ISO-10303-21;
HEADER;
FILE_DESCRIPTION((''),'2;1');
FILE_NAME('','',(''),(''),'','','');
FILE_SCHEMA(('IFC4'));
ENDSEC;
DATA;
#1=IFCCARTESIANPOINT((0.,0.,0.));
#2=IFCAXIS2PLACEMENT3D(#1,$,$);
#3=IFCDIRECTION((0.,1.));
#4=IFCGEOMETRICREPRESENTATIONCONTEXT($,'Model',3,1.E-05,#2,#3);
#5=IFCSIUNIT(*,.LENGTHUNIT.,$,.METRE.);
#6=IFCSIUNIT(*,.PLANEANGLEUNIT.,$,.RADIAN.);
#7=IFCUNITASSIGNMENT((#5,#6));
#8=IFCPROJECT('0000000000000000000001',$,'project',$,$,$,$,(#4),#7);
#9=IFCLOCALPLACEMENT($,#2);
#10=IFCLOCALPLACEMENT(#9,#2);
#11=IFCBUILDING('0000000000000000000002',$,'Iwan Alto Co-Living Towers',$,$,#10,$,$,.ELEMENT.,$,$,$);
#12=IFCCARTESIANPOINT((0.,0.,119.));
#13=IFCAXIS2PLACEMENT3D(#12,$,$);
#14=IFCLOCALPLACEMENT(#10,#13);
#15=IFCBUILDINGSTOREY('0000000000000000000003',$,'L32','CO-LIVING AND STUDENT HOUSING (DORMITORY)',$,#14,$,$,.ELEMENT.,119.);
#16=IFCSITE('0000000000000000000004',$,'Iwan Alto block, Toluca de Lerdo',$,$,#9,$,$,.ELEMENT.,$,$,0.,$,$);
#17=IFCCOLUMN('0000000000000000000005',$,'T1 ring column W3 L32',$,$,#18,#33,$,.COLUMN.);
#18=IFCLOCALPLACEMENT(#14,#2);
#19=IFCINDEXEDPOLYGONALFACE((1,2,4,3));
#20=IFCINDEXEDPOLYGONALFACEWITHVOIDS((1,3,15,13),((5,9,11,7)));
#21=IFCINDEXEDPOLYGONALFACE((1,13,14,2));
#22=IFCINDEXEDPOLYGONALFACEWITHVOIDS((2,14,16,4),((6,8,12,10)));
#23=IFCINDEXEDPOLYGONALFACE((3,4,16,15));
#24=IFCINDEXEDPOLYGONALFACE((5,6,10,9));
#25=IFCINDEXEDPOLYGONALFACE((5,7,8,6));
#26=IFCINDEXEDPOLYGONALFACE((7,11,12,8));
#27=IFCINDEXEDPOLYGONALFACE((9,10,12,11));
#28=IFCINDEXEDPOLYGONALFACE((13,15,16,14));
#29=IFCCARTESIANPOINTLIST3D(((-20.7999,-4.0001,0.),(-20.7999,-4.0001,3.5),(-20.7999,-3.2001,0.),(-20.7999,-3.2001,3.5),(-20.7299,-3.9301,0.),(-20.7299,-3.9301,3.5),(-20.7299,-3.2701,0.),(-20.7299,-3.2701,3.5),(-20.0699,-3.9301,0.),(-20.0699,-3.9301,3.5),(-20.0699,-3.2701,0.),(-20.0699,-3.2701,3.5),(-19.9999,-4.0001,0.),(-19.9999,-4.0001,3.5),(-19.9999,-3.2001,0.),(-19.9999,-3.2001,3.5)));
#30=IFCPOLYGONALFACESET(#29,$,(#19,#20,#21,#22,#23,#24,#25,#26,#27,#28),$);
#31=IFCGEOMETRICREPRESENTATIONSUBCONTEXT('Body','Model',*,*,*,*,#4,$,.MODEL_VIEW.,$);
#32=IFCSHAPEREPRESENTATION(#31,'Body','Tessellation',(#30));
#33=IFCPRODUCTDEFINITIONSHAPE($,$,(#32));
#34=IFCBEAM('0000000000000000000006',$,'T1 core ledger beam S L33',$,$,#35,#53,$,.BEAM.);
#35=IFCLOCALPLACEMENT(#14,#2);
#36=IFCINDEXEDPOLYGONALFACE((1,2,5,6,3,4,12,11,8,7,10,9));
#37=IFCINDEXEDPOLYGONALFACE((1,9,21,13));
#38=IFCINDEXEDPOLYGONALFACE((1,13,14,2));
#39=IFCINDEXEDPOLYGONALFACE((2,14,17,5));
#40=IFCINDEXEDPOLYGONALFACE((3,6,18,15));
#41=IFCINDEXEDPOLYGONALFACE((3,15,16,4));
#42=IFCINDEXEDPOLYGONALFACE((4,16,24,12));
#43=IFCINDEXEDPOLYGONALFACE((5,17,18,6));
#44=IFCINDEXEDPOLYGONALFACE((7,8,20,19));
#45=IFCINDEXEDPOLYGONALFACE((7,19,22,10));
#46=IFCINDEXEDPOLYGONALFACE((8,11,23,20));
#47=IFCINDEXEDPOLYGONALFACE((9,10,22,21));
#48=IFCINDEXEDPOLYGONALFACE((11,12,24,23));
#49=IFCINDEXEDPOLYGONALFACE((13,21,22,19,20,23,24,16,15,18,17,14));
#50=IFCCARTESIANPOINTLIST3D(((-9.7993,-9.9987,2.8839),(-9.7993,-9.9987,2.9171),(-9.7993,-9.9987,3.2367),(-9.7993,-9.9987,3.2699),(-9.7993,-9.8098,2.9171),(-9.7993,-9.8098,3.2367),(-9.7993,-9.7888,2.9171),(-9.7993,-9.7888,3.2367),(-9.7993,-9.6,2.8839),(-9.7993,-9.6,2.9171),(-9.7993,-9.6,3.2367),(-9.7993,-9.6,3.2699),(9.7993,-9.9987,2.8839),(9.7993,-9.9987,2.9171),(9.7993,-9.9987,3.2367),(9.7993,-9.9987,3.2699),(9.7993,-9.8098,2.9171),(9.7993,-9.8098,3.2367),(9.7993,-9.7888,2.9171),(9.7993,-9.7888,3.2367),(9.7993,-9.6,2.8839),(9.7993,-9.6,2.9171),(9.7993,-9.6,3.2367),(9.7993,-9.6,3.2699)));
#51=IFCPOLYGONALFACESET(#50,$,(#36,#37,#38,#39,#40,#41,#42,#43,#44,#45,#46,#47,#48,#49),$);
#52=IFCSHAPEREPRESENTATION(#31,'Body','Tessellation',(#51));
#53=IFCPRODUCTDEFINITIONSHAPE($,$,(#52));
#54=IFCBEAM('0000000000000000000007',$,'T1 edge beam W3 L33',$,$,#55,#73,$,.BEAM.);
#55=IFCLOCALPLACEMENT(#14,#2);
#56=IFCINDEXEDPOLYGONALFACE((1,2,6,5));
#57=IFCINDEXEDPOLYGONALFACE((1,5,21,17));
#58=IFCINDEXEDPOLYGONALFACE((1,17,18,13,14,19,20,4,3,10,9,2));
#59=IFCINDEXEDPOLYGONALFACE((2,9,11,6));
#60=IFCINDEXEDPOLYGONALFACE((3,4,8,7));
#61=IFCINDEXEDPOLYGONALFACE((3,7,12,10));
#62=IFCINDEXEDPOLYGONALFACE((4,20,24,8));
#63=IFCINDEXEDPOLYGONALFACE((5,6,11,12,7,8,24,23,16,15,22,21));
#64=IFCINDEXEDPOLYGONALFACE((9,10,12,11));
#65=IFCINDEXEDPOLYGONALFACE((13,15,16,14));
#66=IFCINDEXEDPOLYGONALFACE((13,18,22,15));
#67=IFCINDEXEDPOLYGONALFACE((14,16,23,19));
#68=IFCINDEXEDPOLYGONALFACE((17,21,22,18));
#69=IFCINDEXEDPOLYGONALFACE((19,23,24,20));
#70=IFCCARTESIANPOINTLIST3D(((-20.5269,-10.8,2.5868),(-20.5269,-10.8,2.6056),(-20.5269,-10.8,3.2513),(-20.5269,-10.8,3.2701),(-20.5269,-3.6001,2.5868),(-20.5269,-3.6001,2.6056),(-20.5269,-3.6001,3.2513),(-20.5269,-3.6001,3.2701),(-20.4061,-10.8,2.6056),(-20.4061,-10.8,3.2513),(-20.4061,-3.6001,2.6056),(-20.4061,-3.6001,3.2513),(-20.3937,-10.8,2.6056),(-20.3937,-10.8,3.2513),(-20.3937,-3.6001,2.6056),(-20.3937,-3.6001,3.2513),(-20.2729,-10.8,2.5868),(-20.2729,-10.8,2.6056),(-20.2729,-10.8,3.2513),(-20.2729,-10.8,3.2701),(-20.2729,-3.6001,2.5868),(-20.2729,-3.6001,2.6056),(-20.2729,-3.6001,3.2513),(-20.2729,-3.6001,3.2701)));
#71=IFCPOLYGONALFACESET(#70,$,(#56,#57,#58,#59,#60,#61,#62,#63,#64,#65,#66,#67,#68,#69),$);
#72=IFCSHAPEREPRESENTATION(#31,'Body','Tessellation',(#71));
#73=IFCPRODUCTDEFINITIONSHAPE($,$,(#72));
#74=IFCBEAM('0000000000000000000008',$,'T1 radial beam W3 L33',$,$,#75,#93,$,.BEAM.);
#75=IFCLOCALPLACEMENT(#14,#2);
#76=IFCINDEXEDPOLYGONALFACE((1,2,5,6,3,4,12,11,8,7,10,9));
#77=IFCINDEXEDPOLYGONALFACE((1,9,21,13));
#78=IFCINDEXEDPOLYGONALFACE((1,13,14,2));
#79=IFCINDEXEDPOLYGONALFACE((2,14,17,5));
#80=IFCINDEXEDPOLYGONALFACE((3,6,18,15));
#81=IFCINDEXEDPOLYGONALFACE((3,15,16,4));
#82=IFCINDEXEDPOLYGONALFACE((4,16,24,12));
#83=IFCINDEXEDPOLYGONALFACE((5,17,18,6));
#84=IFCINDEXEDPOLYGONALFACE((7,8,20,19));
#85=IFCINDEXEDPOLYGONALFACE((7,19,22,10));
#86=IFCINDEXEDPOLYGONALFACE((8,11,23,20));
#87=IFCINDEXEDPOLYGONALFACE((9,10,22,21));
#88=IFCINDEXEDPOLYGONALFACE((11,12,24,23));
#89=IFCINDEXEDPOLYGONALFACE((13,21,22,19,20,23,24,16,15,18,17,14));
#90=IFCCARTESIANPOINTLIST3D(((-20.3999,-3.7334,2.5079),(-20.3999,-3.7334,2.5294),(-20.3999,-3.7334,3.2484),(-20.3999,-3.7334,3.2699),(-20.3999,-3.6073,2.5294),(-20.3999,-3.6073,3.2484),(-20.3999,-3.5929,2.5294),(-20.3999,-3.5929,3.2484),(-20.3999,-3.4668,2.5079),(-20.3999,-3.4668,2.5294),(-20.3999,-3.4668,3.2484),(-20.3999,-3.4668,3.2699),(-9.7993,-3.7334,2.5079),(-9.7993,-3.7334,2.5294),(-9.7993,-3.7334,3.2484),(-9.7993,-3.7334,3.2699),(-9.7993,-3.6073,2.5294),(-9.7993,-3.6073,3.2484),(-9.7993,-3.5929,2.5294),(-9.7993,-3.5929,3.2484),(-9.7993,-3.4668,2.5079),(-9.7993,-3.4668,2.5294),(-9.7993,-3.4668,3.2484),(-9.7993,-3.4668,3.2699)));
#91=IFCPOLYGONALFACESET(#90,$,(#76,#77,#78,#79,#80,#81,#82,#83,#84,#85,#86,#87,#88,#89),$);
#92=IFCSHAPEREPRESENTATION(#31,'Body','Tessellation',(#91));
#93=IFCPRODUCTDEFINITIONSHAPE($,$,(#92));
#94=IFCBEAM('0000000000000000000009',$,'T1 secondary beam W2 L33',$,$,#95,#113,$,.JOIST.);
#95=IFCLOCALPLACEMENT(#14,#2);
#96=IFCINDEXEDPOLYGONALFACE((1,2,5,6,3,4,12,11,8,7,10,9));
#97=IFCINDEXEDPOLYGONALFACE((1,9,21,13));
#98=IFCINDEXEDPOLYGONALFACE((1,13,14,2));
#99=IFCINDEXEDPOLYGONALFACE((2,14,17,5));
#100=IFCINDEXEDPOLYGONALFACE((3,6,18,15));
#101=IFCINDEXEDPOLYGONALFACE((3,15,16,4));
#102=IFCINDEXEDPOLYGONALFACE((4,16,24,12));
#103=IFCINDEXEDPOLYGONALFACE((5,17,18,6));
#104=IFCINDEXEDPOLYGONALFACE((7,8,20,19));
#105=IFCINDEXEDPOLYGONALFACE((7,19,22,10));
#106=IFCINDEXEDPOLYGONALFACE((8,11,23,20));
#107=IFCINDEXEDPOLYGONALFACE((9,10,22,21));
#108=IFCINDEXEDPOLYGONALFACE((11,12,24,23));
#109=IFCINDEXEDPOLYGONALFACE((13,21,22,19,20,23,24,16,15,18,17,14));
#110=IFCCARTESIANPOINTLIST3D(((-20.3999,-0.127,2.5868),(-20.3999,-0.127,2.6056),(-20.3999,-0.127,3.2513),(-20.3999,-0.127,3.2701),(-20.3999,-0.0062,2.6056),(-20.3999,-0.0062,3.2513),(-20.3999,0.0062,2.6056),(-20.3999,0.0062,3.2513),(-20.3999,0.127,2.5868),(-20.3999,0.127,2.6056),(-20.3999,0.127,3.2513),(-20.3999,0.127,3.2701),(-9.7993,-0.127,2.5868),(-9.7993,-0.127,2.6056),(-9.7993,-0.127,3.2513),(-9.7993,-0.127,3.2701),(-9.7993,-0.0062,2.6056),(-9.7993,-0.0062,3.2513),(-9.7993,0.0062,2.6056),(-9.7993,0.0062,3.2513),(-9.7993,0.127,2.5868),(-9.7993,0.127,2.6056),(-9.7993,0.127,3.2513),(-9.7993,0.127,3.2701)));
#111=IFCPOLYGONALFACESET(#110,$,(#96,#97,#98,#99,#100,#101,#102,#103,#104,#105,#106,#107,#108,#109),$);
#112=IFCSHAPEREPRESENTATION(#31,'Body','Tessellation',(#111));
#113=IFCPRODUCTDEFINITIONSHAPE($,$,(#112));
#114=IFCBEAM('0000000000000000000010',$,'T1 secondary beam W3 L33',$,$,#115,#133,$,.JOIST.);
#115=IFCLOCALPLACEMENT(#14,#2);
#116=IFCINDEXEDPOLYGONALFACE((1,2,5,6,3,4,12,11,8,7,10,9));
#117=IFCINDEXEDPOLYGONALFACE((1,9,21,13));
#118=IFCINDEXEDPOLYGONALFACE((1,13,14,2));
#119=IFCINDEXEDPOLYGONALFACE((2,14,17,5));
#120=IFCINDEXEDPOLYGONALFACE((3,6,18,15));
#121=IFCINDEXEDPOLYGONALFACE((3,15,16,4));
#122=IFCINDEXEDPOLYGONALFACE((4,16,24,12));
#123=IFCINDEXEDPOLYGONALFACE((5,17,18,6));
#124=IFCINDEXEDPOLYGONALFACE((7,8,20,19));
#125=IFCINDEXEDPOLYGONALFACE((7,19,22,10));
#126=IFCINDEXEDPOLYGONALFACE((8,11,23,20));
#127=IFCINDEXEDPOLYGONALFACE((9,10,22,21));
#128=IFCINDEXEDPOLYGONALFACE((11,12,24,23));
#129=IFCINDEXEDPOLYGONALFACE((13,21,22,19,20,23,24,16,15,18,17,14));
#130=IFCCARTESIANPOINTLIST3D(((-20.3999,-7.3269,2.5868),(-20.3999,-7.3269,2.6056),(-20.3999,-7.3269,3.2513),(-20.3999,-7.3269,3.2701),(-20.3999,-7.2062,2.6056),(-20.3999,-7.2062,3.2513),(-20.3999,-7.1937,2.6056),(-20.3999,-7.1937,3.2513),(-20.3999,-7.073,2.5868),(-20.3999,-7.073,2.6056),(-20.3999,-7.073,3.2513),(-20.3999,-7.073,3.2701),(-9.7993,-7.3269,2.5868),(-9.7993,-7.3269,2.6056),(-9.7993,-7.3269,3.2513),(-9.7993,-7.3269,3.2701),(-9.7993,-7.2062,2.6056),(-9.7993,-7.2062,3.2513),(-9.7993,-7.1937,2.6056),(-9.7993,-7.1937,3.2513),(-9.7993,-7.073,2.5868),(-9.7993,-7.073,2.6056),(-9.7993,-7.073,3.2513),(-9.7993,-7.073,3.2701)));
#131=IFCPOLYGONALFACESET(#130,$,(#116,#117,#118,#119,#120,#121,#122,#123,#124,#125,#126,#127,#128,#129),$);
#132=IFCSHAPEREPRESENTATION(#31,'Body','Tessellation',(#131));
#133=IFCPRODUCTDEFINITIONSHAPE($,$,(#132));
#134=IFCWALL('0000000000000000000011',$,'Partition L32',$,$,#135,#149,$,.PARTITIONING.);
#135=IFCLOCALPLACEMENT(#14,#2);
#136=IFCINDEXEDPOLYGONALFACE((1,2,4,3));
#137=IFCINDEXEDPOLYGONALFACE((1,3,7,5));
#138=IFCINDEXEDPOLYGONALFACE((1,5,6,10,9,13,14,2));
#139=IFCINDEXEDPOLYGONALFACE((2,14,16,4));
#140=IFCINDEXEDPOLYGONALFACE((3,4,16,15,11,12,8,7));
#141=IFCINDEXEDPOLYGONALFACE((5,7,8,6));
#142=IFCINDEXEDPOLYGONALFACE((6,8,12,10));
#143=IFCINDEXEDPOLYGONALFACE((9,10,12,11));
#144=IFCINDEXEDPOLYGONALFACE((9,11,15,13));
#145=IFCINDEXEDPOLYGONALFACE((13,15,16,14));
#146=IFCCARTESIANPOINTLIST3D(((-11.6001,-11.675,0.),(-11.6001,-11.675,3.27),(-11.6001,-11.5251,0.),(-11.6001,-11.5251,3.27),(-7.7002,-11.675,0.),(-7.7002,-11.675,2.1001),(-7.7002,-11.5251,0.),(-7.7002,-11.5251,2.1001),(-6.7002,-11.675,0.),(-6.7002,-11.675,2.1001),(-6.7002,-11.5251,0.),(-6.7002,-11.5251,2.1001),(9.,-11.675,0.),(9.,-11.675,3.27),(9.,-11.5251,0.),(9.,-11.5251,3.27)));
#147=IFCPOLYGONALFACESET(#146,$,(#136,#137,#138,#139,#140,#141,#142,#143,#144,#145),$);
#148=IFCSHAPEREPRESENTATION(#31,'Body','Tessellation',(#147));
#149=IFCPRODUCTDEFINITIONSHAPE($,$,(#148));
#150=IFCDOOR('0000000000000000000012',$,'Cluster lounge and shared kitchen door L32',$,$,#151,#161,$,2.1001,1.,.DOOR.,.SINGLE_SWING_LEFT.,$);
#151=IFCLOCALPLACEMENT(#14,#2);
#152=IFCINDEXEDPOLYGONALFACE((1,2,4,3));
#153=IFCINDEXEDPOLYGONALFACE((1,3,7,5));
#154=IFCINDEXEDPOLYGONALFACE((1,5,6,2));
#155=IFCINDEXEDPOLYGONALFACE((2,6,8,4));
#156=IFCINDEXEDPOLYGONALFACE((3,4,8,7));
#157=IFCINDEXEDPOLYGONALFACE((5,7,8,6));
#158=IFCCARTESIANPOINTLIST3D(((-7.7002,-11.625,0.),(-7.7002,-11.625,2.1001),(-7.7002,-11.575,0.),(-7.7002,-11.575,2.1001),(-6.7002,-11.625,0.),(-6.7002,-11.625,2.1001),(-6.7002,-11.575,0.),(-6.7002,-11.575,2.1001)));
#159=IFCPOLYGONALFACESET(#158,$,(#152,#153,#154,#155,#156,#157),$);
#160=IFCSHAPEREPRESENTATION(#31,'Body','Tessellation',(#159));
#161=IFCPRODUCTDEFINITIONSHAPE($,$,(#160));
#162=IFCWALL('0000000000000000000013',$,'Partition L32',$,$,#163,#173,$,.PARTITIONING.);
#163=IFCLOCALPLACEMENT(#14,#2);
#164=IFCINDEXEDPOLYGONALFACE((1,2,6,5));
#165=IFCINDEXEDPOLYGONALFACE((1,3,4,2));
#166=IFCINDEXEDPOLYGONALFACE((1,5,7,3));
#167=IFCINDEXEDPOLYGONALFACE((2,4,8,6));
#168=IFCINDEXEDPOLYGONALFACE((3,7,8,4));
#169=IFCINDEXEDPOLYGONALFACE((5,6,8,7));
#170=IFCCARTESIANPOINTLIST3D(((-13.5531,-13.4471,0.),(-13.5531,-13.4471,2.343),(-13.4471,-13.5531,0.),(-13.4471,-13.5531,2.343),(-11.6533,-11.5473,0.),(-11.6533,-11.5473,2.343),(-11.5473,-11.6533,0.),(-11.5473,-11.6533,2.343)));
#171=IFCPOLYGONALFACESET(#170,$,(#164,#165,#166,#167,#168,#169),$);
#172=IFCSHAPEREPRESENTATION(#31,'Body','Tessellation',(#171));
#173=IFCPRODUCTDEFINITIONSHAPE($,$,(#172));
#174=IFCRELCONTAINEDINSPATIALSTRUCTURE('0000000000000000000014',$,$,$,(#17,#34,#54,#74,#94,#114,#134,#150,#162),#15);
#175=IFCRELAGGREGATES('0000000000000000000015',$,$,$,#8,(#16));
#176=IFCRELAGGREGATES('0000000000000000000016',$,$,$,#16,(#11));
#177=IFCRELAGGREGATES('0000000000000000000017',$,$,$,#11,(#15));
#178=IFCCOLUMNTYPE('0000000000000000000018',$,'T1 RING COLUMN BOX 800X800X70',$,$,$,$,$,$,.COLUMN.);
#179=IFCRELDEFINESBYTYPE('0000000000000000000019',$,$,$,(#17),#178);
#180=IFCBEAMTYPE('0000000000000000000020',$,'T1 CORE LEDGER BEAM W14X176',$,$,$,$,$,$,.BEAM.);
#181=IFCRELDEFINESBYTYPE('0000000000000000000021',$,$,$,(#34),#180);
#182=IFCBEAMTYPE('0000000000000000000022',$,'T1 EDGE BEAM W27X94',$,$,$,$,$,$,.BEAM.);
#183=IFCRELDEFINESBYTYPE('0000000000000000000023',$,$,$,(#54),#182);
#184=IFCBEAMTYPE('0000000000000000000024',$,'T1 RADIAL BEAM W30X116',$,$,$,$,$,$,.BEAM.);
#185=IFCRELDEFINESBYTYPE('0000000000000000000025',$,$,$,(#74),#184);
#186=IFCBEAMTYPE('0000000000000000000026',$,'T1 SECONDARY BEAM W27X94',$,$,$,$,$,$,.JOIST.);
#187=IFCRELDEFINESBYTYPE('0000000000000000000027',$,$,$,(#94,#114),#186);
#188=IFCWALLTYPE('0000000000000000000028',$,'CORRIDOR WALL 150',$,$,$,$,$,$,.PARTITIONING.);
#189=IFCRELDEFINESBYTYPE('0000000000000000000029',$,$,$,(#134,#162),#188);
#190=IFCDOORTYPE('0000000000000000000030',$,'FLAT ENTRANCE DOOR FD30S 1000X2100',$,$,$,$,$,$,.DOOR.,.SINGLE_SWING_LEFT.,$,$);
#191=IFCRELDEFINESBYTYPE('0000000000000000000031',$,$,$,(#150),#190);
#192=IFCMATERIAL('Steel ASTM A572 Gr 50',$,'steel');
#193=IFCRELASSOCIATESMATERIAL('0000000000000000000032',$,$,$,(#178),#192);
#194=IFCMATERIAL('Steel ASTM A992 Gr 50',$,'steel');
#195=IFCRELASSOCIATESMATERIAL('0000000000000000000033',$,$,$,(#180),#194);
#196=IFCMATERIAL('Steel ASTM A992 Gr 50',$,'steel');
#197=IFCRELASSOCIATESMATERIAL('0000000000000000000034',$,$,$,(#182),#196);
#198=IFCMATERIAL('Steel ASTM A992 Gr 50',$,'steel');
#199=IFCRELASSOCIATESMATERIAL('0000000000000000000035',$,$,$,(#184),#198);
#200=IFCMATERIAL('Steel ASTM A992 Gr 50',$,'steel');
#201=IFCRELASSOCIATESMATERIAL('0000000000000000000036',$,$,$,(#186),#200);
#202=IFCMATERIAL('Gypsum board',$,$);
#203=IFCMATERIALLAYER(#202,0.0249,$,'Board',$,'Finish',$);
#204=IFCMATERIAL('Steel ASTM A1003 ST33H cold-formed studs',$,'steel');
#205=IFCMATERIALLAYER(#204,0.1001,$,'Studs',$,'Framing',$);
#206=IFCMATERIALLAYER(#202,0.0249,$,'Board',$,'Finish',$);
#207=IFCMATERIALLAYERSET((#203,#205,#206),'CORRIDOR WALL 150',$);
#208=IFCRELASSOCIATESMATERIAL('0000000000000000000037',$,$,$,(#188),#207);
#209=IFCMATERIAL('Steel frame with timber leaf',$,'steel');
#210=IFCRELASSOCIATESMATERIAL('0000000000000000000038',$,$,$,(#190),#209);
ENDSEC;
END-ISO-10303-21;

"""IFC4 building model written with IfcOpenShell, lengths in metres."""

from ifc_helpers import new_model, si_unit, direction, frame, frame_2d, origin, origin_2d, place, context, subcontext, project, spatial, rectangle, hollow_rectangle, i_section, extrude, material, layer, layer_set, material_profile, profile_set, type_object, element, fill, save


model = new_model("IFC4")

# Units and contexts
model_context = context("Model", 3, precision=1e-05, world=origin(), true_north=direction((0.0, 1.0)))
body_context = subcontext(model_context, "Body", "Model", "MODEL_VIEW")
ifc_project = project(units=[si_unit("LENGTHUNIT", "METRE"), si_unit("PLANEANGLEUNIT", "RADIAN")], contexts=[model_context])

# Site, building, storey
site_placement = place(None, origin())
site = spatial("IfcSite", under=ifc_project, at=site_placement, Name="Iwan Alto block, Toluca de Lerdo", CompositionType="ELEMENT", RefElevation=0.0)
building_placement = place(site_placement, origin())
building = spatial("IfcBuilding", under=site, at=building_placement, Name="Iwan Alto Co-Living Towers", CompositionType="ELEMENT")
storey_placement = place(building_placement, frame((0.0, 0.0, 119.0)))
storey = spatial("IfcBuildingStorey", under=building, at=storey_placement, Name="L32", Description="CO-LIVING AND STUDENT HOUSING (DORMITORY)", CompositionType="ELEMENT", Elevation=119.0)

# Column
ifc_material_1 = material(Name="Steel ASTM A572 Gr 50", Category="steel")
ifc_material_profile_1 = material_profile(ifc_material_1, hollow_rectangle(XDim=0.8, YDim=0.8, WallThickness=0.0701, at=origin_2d()), Name="BOX 800X800X70")
ifc_profile_set_1 = profile_set([ifc_material_profile_1], Name="Steel ASTM A572 Gr 50")
column_type = type_object("IfcColumnType", Name="T1 RING COLUMN BOX 800X800X70", PredefinedType="COLUMN", material=ifc_profile_set_1)
column_placement = place(storey_placement, frame((-20.3999, -3.6001, 0.0), z_axis=(0.0, 0.0, 1.0), x_axis=(1.0, 0.0, 0.0)))
element("IfcColumn", 1, at=column_placement, inside=storey, type_object=column_type, Name="T1 ring column W3 L32", PredefinedType="COLUMN", context=body_context, shape_type="SweptSolid", body=[
    extrude(hollow_rectangle(XDim=0.8, YDim=0.8, WallThickness=0.0701, at=origin_2d()), origin(), (0.0, 0.0, 1.0), 3.5),
])

# Beams
ifc_material_2 = material(Name="Steel ASTM A992 Gr 50", Category="steel")
ifc_material_profile_2 = material_profile(ifc_material_2, i_section(OverallWidth=0.3987, OverallDepth=0.386, WebThickness=0.021, FlangeThickness=0.0332, at=origin_2d()), Name="W14X176")
ifc_profile_set_2 = profile_set([ifc_material_profile_2], Name="Steel ASTM A992 Gr 50")
beam_type_1 = type_object("IfcBeamType", Name="T1 CORE LEDGER BEAM W14X176", PredefinedType="BEAM", material=ifc_profile_set_2)
beam_1_placement = place(storey_placement, frame((-9.7993, -9.7993, 3.0769), z_axis=(1.0, 0.0, 0.0), x_axis=(0.0, 1.0, 0.0)))
element("IfcBeam", 2, at=beam_1_placement, inside=storey, type_object=beam_type_1, Name="T1 core ledger beam S L33", PredefinedType="BEAM", context=body_context, shape_type="SweptSolid", body=[
    extrude(i_section(OverallWidth=0.3987, OverallDepth=0.386, WebThickness=0.021, FlangeThickness=0.0332, at=origin_2d()), origin(), (0.0, 0.0, 1.0), 19.5986),
])
ifc_material_3 = material(Name="Steel ASTM A992 Gr 50", Category="steel")
ifc_material_profile_3 = material_profile(ifc_material_3, i_section(OverallWidth=0.2539, OverallDepth=0.6833, WebThickness=0.0125, FlangeThickness=0.0188, at=origin_2d()), Name="W27X94")
ifc_profile_set_3 = profile_set([ifc_material_profile_3], Name="Steel ASTM A992 Gr 50")
beam_type_2 = type_object("IfcBeamType", Name="T1 EDGE BEAM W27X94", PredefinedType="BEAM", material=ifc_profile_set_3)
beam_2_placement = place(storey_placement, frame((-20.3999, -3.6001, 2.9285), z_axis=(0.0, -1.0, 0.0), x_axis=(1.0, 0.0, 0.0)))
element("IfcBeam", 3, at=beam_2_placement, inside=storey, type_object=beam_type_2, Name="T1 edge beam W3 L33", PredefinedType="BEAM", context=body_context, shape_type="SweptSolid", body=[
    extrude(i_section(OverallWidth=0.2539, OverallDepth=0.6833, WebThickness=0.0125, FlangeThickness=0.0188, at=origin_2d()), origin(), (0.0, 0.0, 1.0), 7.2),
])
ifc_material_4 = material(Name="Steel ASTM A992 Gr 50", Category="steel")
ifc_material_profile_4 = material_profile(ifc_material_4, i_section(OverallWidth=0.2666, OverallDepth=0.762, WebThickness=0.0144, FlangeThickness=0.0215, at=origin_2d()), Name="W30X116")
ifc_profile_set_4 = profile_set([ifc_material_profile_4], Name="Steel ASTM A992 Gr 50")
beam_type_3 = type_object("IfcBeamType", Name="T1 RADIAL BEAM W30X116", PredefinedType="BEAM", material=ifc_profile_set_4)
beam_3_placement = place(storey_placement, frame((-20.3999, -3.6001, 2.8889), z_axis=(1.0, 0.0, 0.0), x_axis=(0.0, 1.0, 0.0)))
element("IfcBeam", 4, at=beam_3_placement, inside=storey, type_object=beam_type_3, Name="T1 radial beam W3 L33", PredefinedType="BEAM", context=body_context, shape_type="SweptSolid", body=[
    extrude(i_section(OverallWidth=0.2666, OverallDepth=0.762, WebThickness=0.0144, FlangeThickness=0.0215, at=origin_2d()), origin(), (0.0, 0.0, 1.0), 10.6006),
])
ifc_material_5 = material(Name="Steel ASTM A992 Gr 50", Category="steel")
ifc_material_profile_5 = material_profile(ifc_material_5, i_section(OverallWidth=0.2539, OverallDepth=0.6833, WebThickness=0.0125, FlangeThickness=0.0188, at=origin_2d()), Name="W27X94")
ifc_profile_set_5 = profile_set([ifc_material_profile_5], Name="Steel ASTM A992 Gr 50")
beam_type_4 = type_object("IfcBeamType", Name="T1 SECONDARY BEAM W27X94", PredefinedType="JOIST", material=ifc_profile_set_5)
for number, where, z_axis, x_axis, name in (
    (5, (-20.3999, 0.0, 2.9285), (1.0, 0.0, 0.0), (0.0, 1.0, 0.0), "T1 secondary beam W2 L33"),
    (6, (-20.3999, -7.2, 2.9285), (1.0, 0.0, 0.0), (0.0, 1.0, 0.0), "T1 secondary beam W3 L33"),
):
    element("IfcBeam", number, at=place(storey_placement, frame(where, z_axis=z_axis, x_axis=x_axis)), inside=storey, type_object=beam_type_4, Name=name, PredefinedType="JOIST", context=body_context, shape_type="SweptSolid", body=[
        extrude(i_section(OverallWidth=0.2539, OverallDepth=0.6833, WebThickness=0.0125, FlangeThickness=0.0188, at=origin_2d()), origin(), (0.0, 0.0, 1.0), 10.6006),
    ])

# Wall, opening, door
ifc_material_6 = material(Name="Gypsum board")
ifc_layer_1 = layer(ifc_material_6, 0.0249, Name="Board", Category="Finish")
ifc_material_7 = material(Name="Steel ASTM A1003 ST33H cold-formed studs", Category="steel")
ifc_layer_2 = layer(ifc_material_7, 0.1001, Name="Studs", Category="Framing")
ifc_layer_3 = layer(ifc_material_6, 0.0249, Name="Board", Category="Finish")
ifc_layer_set_1 = layer_set([ifc_layer_1, ifc_layer_2, ifc_layer_3], Name="CORRIDOR WALL 150")
wall_type_1 = type_object("IfcWallType", Name="CORRIDOR WALL 150", PredefinedType="PARTITIONING", material=ifc_layer_set_1)
wall_1_placement = place(storey_placement, frame((-11.6001, -11.6001, 0.0), z_axis=(0.0, 0.0, 1.0), x_axis=(1.0, 0.0, 0.0)))
wall_1 = element("IfcWall", 7, at=wall_1_placement, inside=storey, type_object=wall_type_1, Name="Partition L32", PredefinedType="PARTITIONING", context=body_context, shape_type="SweptSolid", body=[
    extrude(rectangle(XDim=20.6001, YDim=0.1499, at=frame_2d((10.3, 0.0))), origin(), (0.0, 0.0, 1.0), 3.27),
])
opening_1_placement = place(wall_1_placement, frame((3.8999, 0.0, 0.0)))
opening_1 = element("IfcOpeningElement", 8, at=opening_1_placement, cuts=wall_1, PredefinedType="OPENING", context=body_context, shape_type="SweptSolid", body=[
    extrude(rectangle(XDim=1.0, YDim=2.1001, at=frame_2d((0.5, 1.05))), frame((0.0, 0.085, 0.0), z_axis=(0.0, -1.0, 0.0), x_axis=(1.0, 0.0, 0.0)), (0.0, 0.0, 1.0), 0.1699),
])
ifc_material_8 = material(Name="Steel frame with timber leaf", Category="steel")
door_type_1 = type_object("IfcDoorType", Name="FLAT ENTRANCE DOOR FD30S 1000X2100", OperationType="SINGLE_SWING_LEFT", PredefinedType="DOOR", material=ifc_material_8)
door_1_placement = place(opening_1_placement, frame((1.0, 0.0, 0.0), z_axis=(0.0, 0.0, 1.0), x_axis=(-1.0, 0.0, 0.0)))
door_1 = element("IfcDoor", 9, at=door_1_placement, inside=storey, type_object=door_type_1, Name="Cluster lounge and shared kitchen door L32", OperationType="SINGLE_SWING_LEFT", OverallHeight=2.1001, OverallWidth=1.0, PredefinedType="DOOR", context=body_context, shape_type="SweptSolid", body=[
    extrude(rectangle(XDim=1.0, YDim=2.1001, at=frame_2d((0.5, 1.05))), frame((0.0, 0.0249, 0.0), z_axis=(0.0, -1.0, 0.0), x_axis=(1.0, 0.0, 0.0)), (0.0, 0.0, 1.0), 0.05),
])
fill(opening_1, door_1)

# Wall
wall_2_placement = place(storey_placement, frame((-13.5, -13.5, 0.0), z_axis=(0.0, 0.0, 1.0), x_axis=(0.707107, 0.707107, 0.0)))
element("IfcWall", 10, at=wall_2_placement, inside=storey, type_object=wall_type_1, Name="Partition L32", PredefinedType="PARTITIONING", context=body_context, shape_type="SweptSolid", body=[
    extrude(rectangle(XDim=2.6868, YDim=0.1499, at=frame_2d((1.3433, 0.0))), origin(), (0.0, 0.0, 1.0), 2.343),
])

save(model, "model.ifc")
